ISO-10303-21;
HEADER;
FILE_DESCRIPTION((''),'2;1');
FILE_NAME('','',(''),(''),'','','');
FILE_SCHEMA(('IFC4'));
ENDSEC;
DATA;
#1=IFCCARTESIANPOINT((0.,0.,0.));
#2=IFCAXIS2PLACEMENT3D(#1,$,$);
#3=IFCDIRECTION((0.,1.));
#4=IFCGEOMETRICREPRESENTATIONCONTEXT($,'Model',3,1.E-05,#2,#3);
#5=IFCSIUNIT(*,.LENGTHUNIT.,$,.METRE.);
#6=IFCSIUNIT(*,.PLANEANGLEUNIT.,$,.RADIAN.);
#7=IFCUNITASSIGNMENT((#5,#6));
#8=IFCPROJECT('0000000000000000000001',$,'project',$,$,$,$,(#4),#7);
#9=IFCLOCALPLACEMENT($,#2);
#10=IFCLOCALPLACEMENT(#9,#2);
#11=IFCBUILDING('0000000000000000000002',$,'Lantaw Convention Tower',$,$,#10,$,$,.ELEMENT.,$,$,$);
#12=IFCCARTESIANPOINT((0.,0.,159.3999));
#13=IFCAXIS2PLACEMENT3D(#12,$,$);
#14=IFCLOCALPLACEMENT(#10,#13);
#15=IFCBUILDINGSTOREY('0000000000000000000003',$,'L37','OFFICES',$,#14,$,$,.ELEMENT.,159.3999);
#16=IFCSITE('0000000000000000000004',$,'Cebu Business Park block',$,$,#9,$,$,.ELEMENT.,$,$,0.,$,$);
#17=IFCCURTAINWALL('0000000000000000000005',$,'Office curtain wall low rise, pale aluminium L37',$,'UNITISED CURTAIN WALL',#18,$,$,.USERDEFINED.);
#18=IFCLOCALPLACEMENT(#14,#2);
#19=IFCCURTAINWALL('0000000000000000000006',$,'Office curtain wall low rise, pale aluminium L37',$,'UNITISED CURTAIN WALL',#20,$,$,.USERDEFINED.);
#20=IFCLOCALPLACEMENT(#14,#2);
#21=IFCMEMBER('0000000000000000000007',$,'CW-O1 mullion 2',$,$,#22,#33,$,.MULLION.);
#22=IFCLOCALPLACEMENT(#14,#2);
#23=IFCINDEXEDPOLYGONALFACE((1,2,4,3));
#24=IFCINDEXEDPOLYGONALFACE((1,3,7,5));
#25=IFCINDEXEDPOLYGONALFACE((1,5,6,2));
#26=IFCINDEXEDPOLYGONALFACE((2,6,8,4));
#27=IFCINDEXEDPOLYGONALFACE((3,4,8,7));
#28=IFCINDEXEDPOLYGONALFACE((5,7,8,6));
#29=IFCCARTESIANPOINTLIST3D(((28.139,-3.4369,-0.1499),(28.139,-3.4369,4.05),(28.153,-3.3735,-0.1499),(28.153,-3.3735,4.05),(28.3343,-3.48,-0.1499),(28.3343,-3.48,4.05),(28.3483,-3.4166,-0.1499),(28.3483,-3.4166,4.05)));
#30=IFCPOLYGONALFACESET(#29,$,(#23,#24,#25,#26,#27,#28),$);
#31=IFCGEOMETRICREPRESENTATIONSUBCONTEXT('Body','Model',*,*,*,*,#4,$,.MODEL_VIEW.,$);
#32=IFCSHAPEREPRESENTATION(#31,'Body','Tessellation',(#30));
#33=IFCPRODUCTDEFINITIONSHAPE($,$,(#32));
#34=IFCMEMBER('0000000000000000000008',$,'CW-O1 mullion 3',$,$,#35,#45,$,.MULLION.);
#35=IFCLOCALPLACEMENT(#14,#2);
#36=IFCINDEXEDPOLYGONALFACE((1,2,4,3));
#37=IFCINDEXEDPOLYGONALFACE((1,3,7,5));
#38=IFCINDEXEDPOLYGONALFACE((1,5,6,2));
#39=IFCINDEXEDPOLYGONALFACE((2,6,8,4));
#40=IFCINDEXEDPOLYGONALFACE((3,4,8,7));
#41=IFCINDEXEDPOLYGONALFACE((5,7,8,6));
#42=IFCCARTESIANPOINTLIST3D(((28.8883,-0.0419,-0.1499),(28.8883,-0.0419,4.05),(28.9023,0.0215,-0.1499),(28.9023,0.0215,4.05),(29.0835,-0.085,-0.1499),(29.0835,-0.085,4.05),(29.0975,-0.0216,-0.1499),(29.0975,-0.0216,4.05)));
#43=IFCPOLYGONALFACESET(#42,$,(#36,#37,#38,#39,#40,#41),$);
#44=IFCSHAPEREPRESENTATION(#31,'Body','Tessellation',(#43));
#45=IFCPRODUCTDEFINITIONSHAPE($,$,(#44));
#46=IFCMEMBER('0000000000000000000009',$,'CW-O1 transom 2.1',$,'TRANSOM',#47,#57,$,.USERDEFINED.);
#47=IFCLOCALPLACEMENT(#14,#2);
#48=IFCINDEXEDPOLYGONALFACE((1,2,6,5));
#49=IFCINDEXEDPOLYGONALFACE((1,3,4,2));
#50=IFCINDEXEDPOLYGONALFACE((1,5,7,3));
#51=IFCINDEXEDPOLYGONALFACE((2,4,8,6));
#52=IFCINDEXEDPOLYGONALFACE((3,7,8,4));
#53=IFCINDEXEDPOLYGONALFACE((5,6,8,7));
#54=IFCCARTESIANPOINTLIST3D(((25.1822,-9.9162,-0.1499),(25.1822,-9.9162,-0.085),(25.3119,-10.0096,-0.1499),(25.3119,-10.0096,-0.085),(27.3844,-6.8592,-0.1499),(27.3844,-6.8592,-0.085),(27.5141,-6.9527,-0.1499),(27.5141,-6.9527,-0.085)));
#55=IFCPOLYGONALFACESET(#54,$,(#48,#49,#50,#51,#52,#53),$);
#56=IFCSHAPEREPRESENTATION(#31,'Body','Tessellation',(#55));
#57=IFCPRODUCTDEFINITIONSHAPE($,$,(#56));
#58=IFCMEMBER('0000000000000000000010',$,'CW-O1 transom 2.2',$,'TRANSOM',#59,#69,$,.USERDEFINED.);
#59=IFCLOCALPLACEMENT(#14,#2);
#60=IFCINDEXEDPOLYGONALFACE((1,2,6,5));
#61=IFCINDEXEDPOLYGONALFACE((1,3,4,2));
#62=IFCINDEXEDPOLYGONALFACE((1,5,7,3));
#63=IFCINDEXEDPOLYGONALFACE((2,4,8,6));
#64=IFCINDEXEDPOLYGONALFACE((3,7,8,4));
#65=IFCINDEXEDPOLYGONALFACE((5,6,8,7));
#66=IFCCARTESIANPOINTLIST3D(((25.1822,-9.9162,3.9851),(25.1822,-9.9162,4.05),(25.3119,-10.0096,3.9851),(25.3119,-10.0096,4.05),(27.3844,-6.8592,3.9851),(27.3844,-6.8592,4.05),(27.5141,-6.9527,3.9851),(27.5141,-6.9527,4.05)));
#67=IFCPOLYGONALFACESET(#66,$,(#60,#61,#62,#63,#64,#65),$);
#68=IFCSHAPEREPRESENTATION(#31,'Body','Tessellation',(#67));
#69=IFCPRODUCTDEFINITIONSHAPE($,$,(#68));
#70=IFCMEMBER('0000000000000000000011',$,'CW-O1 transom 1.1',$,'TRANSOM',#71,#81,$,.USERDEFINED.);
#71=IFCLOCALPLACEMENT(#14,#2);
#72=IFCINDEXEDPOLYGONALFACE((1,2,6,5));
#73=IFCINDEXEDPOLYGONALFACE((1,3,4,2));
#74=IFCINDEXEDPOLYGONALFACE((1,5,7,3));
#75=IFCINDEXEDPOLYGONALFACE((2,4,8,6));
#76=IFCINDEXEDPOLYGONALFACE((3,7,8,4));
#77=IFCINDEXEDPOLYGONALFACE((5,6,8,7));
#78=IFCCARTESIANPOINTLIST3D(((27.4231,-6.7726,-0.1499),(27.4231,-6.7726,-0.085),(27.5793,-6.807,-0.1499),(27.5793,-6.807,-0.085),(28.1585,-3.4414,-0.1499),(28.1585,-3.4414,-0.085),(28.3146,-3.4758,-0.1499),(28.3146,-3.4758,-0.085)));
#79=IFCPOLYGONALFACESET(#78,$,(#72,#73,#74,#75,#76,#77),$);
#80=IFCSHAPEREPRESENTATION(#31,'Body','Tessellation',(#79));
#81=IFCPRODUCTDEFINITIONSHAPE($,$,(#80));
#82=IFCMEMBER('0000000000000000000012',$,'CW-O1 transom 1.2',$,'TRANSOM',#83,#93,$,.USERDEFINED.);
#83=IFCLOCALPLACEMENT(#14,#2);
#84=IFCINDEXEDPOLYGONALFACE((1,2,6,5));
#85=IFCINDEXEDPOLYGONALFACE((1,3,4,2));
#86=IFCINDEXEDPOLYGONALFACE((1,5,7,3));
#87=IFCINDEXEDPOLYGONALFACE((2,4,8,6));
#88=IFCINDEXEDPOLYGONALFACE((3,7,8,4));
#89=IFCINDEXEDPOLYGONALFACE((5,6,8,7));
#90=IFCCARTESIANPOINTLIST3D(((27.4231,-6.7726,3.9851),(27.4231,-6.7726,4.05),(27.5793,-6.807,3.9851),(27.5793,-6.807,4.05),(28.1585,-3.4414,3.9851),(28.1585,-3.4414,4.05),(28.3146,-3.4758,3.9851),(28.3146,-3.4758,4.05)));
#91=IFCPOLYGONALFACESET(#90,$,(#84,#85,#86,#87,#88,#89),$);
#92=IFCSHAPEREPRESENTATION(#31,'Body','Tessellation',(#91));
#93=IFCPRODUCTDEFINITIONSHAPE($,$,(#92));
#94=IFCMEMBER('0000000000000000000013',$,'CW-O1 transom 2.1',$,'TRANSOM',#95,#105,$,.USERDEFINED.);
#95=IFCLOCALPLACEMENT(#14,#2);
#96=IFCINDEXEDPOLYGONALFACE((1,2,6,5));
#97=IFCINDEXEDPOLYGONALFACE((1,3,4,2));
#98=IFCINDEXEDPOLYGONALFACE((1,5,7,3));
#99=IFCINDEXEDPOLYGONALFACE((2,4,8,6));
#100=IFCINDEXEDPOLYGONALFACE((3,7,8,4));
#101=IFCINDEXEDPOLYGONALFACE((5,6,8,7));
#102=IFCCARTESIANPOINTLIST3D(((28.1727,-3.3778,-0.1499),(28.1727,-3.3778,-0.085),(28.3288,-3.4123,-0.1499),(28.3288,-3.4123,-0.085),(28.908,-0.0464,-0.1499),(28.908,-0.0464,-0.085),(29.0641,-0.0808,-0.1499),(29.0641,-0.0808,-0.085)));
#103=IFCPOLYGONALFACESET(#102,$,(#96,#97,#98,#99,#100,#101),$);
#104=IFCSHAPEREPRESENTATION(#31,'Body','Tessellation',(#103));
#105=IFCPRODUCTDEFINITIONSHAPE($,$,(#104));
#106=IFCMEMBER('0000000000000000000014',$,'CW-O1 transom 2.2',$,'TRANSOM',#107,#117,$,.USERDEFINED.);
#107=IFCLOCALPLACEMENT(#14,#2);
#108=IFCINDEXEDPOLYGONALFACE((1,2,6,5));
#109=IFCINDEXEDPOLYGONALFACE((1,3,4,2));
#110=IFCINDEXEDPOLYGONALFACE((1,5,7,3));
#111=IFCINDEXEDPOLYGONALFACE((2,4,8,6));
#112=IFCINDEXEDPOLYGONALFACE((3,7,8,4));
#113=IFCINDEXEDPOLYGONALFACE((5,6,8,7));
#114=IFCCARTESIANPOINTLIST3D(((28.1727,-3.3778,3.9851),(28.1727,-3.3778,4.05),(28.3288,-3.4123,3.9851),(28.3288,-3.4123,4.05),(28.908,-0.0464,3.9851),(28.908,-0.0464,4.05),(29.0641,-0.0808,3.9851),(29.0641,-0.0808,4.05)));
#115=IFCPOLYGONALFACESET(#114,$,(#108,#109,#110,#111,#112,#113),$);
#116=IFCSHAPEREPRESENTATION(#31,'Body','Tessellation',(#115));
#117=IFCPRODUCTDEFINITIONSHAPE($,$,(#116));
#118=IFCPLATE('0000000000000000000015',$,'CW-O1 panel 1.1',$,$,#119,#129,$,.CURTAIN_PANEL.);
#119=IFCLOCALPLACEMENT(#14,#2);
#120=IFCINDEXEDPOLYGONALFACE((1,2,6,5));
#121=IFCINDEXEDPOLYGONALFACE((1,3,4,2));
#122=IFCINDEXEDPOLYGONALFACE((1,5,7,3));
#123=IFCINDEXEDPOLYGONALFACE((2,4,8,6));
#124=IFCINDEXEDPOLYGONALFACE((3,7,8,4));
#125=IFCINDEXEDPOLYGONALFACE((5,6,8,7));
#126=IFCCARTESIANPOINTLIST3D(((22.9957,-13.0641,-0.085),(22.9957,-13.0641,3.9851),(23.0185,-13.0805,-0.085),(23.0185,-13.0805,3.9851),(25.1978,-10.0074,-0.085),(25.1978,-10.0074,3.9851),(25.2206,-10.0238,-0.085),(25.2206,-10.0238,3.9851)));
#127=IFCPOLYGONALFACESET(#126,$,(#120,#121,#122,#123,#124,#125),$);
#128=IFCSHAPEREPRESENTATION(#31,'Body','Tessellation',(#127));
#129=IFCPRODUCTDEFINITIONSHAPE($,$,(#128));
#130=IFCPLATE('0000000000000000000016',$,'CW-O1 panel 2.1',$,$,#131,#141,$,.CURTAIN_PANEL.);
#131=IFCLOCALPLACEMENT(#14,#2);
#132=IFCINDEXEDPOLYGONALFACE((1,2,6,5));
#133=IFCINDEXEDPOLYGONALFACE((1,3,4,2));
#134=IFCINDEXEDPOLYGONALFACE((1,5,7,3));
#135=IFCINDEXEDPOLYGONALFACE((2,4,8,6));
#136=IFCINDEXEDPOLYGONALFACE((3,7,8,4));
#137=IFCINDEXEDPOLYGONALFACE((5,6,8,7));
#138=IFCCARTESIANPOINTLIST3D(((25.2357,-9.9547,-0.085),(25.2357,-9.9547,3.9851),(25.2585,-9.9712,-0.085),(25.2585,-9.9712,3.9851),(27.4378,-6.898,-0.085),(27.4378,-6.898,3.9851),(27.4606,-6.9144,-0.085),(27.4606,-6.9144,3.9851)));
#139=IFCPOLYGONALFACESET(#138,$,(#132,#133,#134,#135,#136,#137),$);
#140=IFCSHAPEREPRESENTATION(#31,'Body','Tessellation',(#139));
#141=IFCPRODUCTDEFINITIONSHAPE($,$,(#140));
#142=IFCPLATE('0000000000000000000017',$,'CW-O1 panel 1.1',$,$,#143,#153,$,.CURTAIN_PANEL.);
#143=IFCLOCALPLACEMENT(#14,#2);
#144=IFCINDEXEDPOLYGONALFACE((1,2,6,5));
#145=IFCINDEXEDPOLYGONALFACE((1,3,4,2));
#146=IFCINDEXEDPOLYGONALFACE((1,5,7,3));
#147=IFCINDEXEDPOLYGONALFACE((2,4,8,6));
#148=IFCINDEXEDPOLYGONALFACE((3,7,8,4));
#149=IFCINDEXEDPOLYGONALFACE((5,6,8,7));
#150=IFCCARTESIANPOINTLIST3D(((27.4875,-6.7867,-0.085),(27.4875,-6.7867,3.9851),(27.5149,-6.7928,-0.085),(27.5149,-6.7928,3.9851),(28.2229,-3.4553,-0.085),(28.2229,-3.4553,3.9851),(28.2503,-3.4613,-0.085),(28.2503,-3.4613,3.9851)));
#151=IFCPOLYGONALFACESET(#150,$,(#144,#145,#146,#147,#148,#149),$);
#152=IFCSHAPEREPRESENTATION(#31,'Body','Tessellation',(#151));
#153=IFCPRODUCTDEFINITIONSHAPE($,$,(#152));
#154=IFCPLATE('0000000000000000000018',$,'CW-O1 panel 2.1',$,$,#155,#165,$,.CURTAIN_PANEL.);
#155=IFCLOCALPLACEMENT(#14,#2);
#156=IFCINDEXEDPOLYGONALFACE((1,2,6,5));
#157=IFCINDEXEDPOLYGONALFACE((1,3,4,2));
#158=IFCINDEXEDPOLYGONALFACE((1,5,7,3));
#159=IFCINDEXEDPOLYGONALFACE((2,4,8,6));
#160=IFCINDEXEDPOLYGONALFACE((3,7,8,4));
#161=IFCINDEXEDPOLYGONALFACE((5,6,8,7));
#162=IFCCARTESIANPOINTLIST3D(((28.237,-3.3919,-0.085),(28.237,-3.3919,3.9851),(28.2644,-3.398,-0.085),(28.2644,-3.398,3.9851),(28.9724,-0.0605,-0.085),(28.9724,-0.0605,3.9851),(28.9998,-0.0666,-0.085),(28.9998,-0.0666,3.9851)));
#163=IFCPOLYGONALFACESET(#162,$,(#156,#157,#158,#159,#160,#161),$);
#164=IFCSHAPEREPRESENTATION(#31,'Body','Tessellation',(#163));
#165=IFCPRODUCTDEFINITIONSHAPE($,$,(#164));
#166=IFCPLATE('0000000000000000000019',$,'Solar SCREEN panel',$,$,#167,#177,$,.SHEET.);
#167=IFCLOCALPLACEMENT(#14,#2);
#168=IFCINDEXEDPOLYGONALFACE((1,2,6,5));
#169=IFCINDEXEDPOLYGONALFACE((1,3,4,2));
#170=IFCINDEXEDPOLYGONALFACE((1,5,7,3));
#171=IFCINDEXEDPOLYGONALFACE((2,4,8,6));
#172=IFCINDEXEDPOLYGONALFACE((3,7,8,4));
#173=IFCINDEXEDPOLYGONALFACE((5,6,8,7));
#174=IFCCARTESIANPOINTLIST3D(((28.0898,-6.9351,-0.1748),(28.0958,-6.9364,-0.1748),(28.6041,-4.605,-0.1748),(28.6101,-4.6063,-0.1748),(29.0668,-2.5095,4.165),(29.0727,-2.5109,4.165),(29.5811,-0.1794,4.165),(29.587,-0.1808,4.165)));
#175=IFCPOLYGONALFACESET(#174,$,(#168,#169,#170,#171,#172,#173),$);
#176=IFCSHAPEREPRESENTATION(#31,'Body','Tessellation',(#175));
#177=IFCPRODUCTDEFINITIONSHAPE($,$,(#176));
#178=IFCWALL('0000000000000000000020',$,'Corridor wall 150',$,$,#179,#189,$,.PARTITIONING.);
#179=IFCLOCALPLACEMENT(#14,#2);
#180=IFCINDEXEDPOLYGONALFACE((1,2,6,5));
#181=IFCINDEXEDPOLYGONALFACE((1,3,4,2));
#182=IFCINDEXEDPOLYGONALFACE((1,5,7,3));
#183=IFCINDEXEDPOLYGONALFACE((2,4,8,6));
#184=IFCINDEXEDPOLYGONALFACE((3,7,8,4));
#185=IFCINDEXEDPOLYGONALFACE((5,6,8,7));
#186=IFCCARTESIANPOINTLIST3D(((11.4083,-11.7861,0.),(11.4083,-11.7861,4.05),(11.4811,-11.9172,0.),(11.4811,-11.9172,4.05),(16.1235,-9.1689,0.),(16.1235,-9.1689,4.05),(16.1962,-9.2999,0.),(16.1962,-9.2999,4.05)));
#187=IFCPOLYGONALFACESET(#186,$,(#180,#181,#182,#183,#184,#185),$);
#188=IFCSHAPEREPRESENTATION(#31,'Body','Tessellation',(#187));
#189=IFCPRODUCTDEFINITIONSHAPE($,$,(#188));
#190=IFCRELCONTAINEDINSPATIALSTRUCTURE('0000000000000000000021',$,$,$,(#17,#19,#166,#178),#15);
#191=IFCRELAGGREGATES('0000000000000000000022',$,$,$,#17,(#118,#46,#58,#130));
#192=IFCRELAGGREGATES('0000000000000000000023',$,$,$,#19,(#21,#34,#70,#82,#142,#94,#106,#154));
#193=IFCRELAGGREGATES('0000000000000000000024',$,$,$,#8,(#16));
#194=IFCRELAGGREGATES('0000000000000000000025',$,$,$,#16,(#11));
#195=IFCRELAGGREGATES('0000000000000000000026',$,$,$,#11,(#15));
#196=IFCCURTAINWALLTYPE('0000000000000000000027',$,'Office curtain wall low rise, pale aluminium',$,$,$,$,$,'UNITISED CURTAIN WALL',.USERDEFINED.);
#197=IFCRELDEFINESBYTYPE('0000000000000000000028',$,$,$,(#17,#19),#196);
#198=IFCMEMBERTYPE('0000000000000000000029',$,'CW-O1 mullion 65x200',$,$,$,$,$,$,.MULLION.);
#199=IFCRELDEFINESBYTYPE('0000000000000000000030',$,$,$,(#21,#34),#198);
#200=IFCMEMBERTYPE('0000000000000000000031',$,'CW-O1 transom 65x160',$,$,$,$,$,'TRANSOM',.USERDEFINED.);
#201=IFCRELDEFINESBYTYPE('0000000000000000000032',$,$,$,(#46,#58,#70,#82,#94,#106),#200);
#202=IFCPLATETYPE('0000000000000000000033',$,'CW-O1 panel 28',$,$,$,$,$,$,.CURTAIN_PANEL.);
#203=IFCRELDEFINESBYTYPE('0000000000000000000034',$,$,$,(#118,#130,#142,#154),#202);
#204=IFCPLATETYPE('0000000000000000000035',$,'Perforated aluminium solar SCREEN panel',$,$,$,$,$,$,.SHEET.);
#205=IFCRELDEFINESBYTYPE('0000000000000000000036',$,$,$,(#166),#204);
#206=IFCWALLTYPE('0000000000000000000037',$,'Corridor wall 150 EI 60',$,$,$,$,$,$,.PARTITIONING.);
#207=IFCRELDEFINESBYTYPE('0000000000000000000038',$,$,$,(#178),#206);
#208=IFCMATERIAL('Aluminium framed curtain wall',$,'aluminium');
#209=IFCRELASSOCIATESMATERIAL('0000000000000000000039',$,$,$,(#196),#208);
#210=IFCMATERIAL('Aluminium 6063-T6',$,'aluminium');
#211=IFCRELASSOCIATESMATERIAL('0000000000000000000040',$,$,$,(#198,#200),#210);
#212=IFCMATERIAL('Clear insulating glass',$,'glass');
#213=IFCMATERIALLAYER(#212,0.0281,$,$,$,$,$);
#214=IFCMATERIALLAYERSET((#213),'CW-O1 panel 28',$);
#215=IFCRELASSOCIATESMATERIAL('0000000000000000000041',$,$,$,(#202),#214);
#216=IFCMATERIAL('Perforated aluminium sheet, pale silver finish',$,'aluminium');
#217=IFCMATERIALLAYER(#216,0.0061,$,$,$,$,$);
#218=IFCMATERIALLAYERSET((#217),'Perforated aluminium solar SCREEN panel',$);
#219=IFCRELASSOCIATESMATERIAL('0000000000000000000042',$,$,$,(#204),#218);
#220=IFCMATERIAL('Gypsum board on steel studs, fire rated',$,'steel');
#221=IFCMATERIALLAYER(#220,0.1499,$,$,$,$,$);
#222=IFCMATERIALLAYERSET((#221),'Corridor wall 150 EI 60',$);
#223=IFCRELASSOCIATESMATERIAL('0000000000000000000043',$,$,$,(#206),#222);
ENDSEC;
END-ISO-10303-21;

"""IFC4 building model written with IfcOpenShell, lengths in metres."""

from ifc_helpers import new_model, si_unit, direction, frame, frame_2d, origin, origin_2d, place, context, subcontext, project, spatial, polyline, rectangle, outline, extrude, material, layer, layer_set, material_profile, profile_set, type_object, element, aggregate, save


model = new_model("IFC4")

# Units and contexts
model_context = context("Model", 3, precision=1e-05, world=origin(), true_north=direction((0.0, 1.0)))
body_context = subcontext(model_context, "Body", "Model", "MODEL_VIEW")
ifc_project = project(units=[si_unit("LENGTHUNIT", "METRE"), si_unit("PLANEANGLEUNIT", "RADIAN")], contexts=[model_context])

# Site, building, storey
site_placement = place(None, origin())
site = spatial("IfcSite", under=ifc_project, at=site_placement, Name="Cebu Business Park block", CompositionType="ELEMENT", RefElevation=0.0)
building_placement = place(site_placement, origin())
building = spatial("IfcBuilding", under=site, at=building_placement, Name="Lantaw Convention Tower", CompositionType="ELEMENT")
storey_placement = place(building_placement, frame((0.0, 0.0, 159.3999)))
storey = spatial("IfcBuildingStorey", under=building, at=storey_placement, Name="L37", Description="OFFICES", CompositionType="ELEMENT", Elevation=159.3999)

# Curtain walls, members
ifc_material_1 = material(Name="Aluminium framed curtain wall", Category="aluminium")
curtain_wall_type = type_object("IfcCurtainWallType", Name="Office curtain wall low rise, pale aluminium", ElementType="UNITISED CURTAIN WALL", PredefinedType="USERDEFINED", material=ifc_material_1)
curtain_wall_1_placement = place(storey_placement, origin())
curtain_wall_1 = element("IfcCurtainWall", 1, at=curtain_wall_1_placement, inside=storey, type_object=curtain_wall_type, Name="Office curtain wall low rise, pale aluminium L37", ObjectType="UNITISED CURTAIN WALL", PredefinedType="USERDEFINED")
ifc_material_2 = material(Name="Aluminium 6063-T6", Category="aluminium")
ifc_material_profile_1 = material_profile(ifc_material_2, rectangle(XDim=0.2, YDim=0.0649, at=origin_2d()), Name="CW-O1 mullion 65x200")
ifc_profile_set_1 = profile_set([ifc_material_profile_1], Name="Aluminium 6063-T6")
member_type_1 = type_object("IfcMemberType", Name="CW-O1 mullion 65x200", PredefinedType="MULLION", material=ifc_profile_set_1)
curtain_wall_2_placement = place(storey_placement, origin())
curtain_wall_2 = element("IfcCurtainWall", 2, at=curtain_wall_2_placement, inside=storey, type_object=curtain_wall_type, Name="Office curtain wall low rise, pale aluminium L37", ObjectType="UNITISED CURTAIN WALL", PredefinedType="USERDEFINED")
member_1_placement = place(storey_placement, frame((28.2437, -3.4268, -0.1499), z_axis=(0.0, 0.0, 1.0), x_axis=(-0.976494, 0.215546, 0.0)))
member_1 = element("IfcMember", 3, at=member_1_placement, type_object=member_type_1, Name="CW-O1 mullion 2", PredefinedType="MULLION", context=body_context, shape_type="SweptSolid", body=[
    extrude(rectangle(XDim=0.2, YDim=0.0649, at=origin_2d()), origin(), (0.0, 0.0, 1.0), 4.2),
])
member_2_placement = place(storey_placement, frame((28.9929, -0.0317, -0.1499), z_axis=(0.0, 0.0, 1.0), x_axis=(-0.976494, 0.215546, 0.0)))
member_2 = element("IfcMember", 4, at=member_2_placement, type_object=member_type_1, Name="CW-O1 mullion 3", PredefinedType="MULLION", context=body_context, shape_type="SweptSolid", body=[
    extrude(rectangle(XDim=0.2, YDim=0.0649, at=origin_2d()), origin(), (0.0, 0.0, 1.0), 4.2),
])

# Members
ifc_material_profile_2 = material_profile(ifc_material_2, rectangle(XDim=0.1599, YDim=0.0649, at=origin_2d()), Name="CW-O1 transom 65x160")
ifc_profile_set_2 = profile_set([ifc_material_profile_2], Name="Aluminium 6063-T6")
member_type_2 = type_object("IfcMemberType", Name="CW-O1 transom 65x160", ElementType="TRANSOM", PredefinedType="USERDEFINED", material=ifc_profile_set_2)
member_3_placement = place(storey_placement, frame((25.2471, -9.9629, -0.1174), z_axis=(0.584513, 0.811384, 0.0), x_axis=(-0.811384, 0.584513, 0.0)))
member_3 = element("IfcMember", 5, at=member_3_placement, type_object=member_type_2, Name="CW-O1 transom 2.1", ObjectType="TRANSOM", PredefinedType="USERDEFINED", context=body_context, shape_type="SweptSolid", body=[
    extrude(rectangle(XDim=0.1599, YDim=0.0649, at=origin_2d()), origin(), (0.0, 0.0, 1.0), 3.7676),
])
member_4_placement = place(storey_placement, frame((25.2471, -9.9629, 4.0176), z_axis=(0.584513, 0.811384, 0.0), x_axis=(-0.811384, 0.584513, 0.0)))
member_4 = element("IfcMember", 6, at=member_4_placement, type_object=member_type_2, Name="CW-O1 transom 2.2", ObjectType="TRANSOM", PredefinedType="USERDEFINED", context=body_context, shape_type="SweptSolid", body=[
    extrude(rectangle(XDim=0.1599, YDim=0.0649, at=origin_2d()), origin(), (0.0, 0.0, 1.0), 3.7676),
])
member_5_placement = place(storey_placement, frame((27.5012, -6.7898, -0.1174), z_axis=(0.215551, 0.976493, 0.0), x_axis=(-0.976493, 0.215551, 0.0)))
member_5 = element("IfcMember", 7, at=member_5_placement, type_object=member_type_2, Name="CW-O1 transom 1.1", ObjectType="TRANSOM", PredefinedType="USERDEFINED", context=body_context, shape_type="SweptSolid", body=[
    extrude(rectangle(XDim=0.1599, YDim=0.0649, at=origin_2d()), origin(), (0.0, 0.0, 1.0), 3.4114),
])
member_6_placement = place(storey_placement, frame((27.5012, -6.7898, 4.0176), z_axis=(0.215551, 0.976493, 0.0), x_axis=(-0.976493, 0.215551, 0.0)))
member_6 = element("IfcMember", 8, at=member_6_placement, type_object=member_type_2, Name="CW-O1 transom 1.2", ObjectType="TRANSOM", PredefinedType="USERDEFINED", context=body_context, shape_type="SweptSolid", body=[
    extrude(rectangle(XDim=0.1599, YDim=0.0649, at=origin_2d()), origin(), (0.0, 0.0, 1.0), 3.4114),
])
member_7_placement = place(storey_placement, frame((28.2507, -3.395, -0.1174), z_axis=(0.215536, 0.976496, 0.0), x_axis=(-0.976496, 0.215536, 0.0)))
member_7 = element("IfcMember", 9, at=member_7_placement, type_object=member_type_2, Name="CW-O1 transom 2.1", ObjectType="TRANSOM", PredefinedType="USERDEFINED", context=body_context, shape_type="SweptSolid", body=[
    extrude(rectangle(XDim=0.1599, YDim=0.0649, at=origin_2d()), origin(), (0.0, 0.0, 1.0), 3.4116),
])
member_8_placement = place(storey_placement, frame((28.2507, -3.395, 4.0176), z_axis=(0.215536, 0.976496, 0.0), x_axis=(-0.976496, 0.215536, 0.0)))
member_8 = element("IfcMember", 10, at=member_8_placement, type_object=member_type_2, Name="CW-O1 transom 2.2", ObjectType="TRANSOM", PredefinedType="USERDEFINED", context=body_context, shape_type="SweptSolid", body=[
    extrude(rectangle(XDim=0.1599, YDim=0.0649, at=origin_2d()), origin(), (0.0, 0.0, 1.0), 3.4116),
])

# Plates
ifc_material_3 = material(Name="Clear insulating glass", Category="glass")
ifc_layer_1 = layer(ifc_material_3, 0.0281)
ifc_layer_set_1 = layer_set([ifc_layer_1], Name="CW-O1 panel 28")
plate_type_1 = type_object("IfcPlateType", Name="CW-O1 panel 28", PredefinedType="CURTAIN_PANEL", material=ifc_layer_set_1)
plate_1_placement = place(storey_placement, frame((24.1082, -11.5439, -0.085), z_axis=(0.0, 0.0, 1.0), x_axis=(0.584513, 0.811385, 0.0)))
plate_1 = element("IfcPlate", 11, at=plate_1_placement, type_object=plate_type_1, Name="CW-O1 panel 1.1", PredefinedType="CURTAIN_PANEL", context=body_context, shape_type="SweptSolid", body=[
    extrude(rectangle(XDim=3.7673, YDim=0.0281, at=origin_2d()), origin(), (0.0, 0.0, 1.0), 4.0701),
])
plate_2_placement = place(storey_placement, frame((26.3481, -8.4346, -0.085), z_axis=(0.0, 0.0, 1.0), x_axis=(0.584513, 0.811385, 0.0)))
plate_2 = element("IfcPlate", 12, at=plate_2_placement, type_object=plate_type_1, Name="CW-O1 panel 2.1", PredefinedType="CURTAIN_PANEL", context=body_context, shape_type="SweptSolid", body=[
    extrude(rectangle(XDim=3.7673, YDim=0.0281, at=origin_2d()), origin(), (0.0, 0.0, 1.0), 4.0701),
])
aggregate(curtain_wall_1, [plate_1, member_3, member_4, plate_2])
plate_3_placement = place(storey_placement, frame((27.8689, -5.124, -0.085), z_axis=(0.0, 0.0, 1.0), x_axis=(0.215546, 0.976494, 0.0)))
plate_3 = element("IfcPlate", 13, at=plate_3_placement, type_object=plate_type_1, Name="CW-O1 panel 1.1", PredefinedType="CURTAIN_PANEL", context=body_context, shape_type="SweptSolid", body=[
    extrude(rectangle(XDim=3.4116, YDim=0.0281, at=origin_2d()), origin(), (0.0, 0.0, 1.0), 4.0701),
])
plate_4_placement = place(storey_placement, frame((28.6184, -1.7292, -0.085), z_axis=(0.0, 0.0, 1.0), x_axis=(0.215546, 0.976494, 0.0)))
plate_4 = element("IfcPlate", 14, at=plate_4_placement, type_object=plate_type_1, Name="CW-O1 panel 2.1", PredefinedType="CURTAIN_PANEL", context=body_context, shape_type="SweptSolid", body=[
    extrude(rectangle(XDim=3.4116, YDim=0.0281, at=origin_2d()), origin(), (0.0, 0.0, 1.0), 4.0701),
])
aggregate(curtain_wall_2, [member_1, member_2, member_5, member_6, plate_3, member_7, member_8, plate_4])
ifc_material_4 = material(Name="Perforated aluminium sheet, pale silver finish", Category="aluminium")
ifc_layer_2 = layer(ifc_material_4, 0.0061)
ifc_layer_set_2 = layer_set([ifc_layer_2], Name="Perforated aluminium solar SCREEN panel")
plate_type_2 = type_object("IfcPlateType", Name="Perforated aluminium solar SCREEN panel", PredefinedType="SHEET", material=ifc_layer_set_2)
plate_5_placement = place(storey_placement, frame((28.0898, -6.9351, -0.1748), z_axis=(-0.976498, 0.215527, 0.000033), x_axis=(0.215527, 0.976498, 0.0)))
element("IfcPlate", 15, at=plate_5_placement, inside=storey, type_object=plate_type_2, Name="Solar SCREEN panel", PredefinedType="SHEET", context=body_context, shape_type="SweptSolid", body=[
    extrude(outline(polyline([(0.0, 0.0), (2.3861, 0.0), (6.9182, -4.3398), (4.5321, -4.3398), (0.0, 0.0)])), origin(), (0.0, 0.0, -1.0), 0.0061),
])

# Wall
ifc_material_5 = material(Name="Gypsum board on steel studs, fire rated", Category="steel")
ifc_layer_3 = layer(ifc_material_5, 0.1499)
ifc_layer_set_3 = layer_set([ifc_layer_3], Name="Corridor wall 150 EI 60")
wall_type_1 = type_object("IfcWallType", Name="Corridor wall 150 EI 60", PredefinedType="PARTITIONING", material=ifc_layer_set_3)
wall_1_placement = place(storey_placement, frame((11.4448, -11.8516, 0.0), z_axis=(0.0, 0.0, 1.0), x_axis=(0.874339, 0.485316, 0.0)))
element("IfcWall", 16, at=wall_1_placement, inside=storey, type_object=wall_type_1, Name="Corridor wall 150", PredefinedType="PARTITIONING", context=body_context, shape_type="SweptSolid", body=[
    extrude(rectangle(XDim=5.3928, YDim=0.1499, at=frame_2d((2.6963, 0.0))), origin(), (0.0, 0.0, 1.0), 4.05),
])

save(model, "model.ifc")
